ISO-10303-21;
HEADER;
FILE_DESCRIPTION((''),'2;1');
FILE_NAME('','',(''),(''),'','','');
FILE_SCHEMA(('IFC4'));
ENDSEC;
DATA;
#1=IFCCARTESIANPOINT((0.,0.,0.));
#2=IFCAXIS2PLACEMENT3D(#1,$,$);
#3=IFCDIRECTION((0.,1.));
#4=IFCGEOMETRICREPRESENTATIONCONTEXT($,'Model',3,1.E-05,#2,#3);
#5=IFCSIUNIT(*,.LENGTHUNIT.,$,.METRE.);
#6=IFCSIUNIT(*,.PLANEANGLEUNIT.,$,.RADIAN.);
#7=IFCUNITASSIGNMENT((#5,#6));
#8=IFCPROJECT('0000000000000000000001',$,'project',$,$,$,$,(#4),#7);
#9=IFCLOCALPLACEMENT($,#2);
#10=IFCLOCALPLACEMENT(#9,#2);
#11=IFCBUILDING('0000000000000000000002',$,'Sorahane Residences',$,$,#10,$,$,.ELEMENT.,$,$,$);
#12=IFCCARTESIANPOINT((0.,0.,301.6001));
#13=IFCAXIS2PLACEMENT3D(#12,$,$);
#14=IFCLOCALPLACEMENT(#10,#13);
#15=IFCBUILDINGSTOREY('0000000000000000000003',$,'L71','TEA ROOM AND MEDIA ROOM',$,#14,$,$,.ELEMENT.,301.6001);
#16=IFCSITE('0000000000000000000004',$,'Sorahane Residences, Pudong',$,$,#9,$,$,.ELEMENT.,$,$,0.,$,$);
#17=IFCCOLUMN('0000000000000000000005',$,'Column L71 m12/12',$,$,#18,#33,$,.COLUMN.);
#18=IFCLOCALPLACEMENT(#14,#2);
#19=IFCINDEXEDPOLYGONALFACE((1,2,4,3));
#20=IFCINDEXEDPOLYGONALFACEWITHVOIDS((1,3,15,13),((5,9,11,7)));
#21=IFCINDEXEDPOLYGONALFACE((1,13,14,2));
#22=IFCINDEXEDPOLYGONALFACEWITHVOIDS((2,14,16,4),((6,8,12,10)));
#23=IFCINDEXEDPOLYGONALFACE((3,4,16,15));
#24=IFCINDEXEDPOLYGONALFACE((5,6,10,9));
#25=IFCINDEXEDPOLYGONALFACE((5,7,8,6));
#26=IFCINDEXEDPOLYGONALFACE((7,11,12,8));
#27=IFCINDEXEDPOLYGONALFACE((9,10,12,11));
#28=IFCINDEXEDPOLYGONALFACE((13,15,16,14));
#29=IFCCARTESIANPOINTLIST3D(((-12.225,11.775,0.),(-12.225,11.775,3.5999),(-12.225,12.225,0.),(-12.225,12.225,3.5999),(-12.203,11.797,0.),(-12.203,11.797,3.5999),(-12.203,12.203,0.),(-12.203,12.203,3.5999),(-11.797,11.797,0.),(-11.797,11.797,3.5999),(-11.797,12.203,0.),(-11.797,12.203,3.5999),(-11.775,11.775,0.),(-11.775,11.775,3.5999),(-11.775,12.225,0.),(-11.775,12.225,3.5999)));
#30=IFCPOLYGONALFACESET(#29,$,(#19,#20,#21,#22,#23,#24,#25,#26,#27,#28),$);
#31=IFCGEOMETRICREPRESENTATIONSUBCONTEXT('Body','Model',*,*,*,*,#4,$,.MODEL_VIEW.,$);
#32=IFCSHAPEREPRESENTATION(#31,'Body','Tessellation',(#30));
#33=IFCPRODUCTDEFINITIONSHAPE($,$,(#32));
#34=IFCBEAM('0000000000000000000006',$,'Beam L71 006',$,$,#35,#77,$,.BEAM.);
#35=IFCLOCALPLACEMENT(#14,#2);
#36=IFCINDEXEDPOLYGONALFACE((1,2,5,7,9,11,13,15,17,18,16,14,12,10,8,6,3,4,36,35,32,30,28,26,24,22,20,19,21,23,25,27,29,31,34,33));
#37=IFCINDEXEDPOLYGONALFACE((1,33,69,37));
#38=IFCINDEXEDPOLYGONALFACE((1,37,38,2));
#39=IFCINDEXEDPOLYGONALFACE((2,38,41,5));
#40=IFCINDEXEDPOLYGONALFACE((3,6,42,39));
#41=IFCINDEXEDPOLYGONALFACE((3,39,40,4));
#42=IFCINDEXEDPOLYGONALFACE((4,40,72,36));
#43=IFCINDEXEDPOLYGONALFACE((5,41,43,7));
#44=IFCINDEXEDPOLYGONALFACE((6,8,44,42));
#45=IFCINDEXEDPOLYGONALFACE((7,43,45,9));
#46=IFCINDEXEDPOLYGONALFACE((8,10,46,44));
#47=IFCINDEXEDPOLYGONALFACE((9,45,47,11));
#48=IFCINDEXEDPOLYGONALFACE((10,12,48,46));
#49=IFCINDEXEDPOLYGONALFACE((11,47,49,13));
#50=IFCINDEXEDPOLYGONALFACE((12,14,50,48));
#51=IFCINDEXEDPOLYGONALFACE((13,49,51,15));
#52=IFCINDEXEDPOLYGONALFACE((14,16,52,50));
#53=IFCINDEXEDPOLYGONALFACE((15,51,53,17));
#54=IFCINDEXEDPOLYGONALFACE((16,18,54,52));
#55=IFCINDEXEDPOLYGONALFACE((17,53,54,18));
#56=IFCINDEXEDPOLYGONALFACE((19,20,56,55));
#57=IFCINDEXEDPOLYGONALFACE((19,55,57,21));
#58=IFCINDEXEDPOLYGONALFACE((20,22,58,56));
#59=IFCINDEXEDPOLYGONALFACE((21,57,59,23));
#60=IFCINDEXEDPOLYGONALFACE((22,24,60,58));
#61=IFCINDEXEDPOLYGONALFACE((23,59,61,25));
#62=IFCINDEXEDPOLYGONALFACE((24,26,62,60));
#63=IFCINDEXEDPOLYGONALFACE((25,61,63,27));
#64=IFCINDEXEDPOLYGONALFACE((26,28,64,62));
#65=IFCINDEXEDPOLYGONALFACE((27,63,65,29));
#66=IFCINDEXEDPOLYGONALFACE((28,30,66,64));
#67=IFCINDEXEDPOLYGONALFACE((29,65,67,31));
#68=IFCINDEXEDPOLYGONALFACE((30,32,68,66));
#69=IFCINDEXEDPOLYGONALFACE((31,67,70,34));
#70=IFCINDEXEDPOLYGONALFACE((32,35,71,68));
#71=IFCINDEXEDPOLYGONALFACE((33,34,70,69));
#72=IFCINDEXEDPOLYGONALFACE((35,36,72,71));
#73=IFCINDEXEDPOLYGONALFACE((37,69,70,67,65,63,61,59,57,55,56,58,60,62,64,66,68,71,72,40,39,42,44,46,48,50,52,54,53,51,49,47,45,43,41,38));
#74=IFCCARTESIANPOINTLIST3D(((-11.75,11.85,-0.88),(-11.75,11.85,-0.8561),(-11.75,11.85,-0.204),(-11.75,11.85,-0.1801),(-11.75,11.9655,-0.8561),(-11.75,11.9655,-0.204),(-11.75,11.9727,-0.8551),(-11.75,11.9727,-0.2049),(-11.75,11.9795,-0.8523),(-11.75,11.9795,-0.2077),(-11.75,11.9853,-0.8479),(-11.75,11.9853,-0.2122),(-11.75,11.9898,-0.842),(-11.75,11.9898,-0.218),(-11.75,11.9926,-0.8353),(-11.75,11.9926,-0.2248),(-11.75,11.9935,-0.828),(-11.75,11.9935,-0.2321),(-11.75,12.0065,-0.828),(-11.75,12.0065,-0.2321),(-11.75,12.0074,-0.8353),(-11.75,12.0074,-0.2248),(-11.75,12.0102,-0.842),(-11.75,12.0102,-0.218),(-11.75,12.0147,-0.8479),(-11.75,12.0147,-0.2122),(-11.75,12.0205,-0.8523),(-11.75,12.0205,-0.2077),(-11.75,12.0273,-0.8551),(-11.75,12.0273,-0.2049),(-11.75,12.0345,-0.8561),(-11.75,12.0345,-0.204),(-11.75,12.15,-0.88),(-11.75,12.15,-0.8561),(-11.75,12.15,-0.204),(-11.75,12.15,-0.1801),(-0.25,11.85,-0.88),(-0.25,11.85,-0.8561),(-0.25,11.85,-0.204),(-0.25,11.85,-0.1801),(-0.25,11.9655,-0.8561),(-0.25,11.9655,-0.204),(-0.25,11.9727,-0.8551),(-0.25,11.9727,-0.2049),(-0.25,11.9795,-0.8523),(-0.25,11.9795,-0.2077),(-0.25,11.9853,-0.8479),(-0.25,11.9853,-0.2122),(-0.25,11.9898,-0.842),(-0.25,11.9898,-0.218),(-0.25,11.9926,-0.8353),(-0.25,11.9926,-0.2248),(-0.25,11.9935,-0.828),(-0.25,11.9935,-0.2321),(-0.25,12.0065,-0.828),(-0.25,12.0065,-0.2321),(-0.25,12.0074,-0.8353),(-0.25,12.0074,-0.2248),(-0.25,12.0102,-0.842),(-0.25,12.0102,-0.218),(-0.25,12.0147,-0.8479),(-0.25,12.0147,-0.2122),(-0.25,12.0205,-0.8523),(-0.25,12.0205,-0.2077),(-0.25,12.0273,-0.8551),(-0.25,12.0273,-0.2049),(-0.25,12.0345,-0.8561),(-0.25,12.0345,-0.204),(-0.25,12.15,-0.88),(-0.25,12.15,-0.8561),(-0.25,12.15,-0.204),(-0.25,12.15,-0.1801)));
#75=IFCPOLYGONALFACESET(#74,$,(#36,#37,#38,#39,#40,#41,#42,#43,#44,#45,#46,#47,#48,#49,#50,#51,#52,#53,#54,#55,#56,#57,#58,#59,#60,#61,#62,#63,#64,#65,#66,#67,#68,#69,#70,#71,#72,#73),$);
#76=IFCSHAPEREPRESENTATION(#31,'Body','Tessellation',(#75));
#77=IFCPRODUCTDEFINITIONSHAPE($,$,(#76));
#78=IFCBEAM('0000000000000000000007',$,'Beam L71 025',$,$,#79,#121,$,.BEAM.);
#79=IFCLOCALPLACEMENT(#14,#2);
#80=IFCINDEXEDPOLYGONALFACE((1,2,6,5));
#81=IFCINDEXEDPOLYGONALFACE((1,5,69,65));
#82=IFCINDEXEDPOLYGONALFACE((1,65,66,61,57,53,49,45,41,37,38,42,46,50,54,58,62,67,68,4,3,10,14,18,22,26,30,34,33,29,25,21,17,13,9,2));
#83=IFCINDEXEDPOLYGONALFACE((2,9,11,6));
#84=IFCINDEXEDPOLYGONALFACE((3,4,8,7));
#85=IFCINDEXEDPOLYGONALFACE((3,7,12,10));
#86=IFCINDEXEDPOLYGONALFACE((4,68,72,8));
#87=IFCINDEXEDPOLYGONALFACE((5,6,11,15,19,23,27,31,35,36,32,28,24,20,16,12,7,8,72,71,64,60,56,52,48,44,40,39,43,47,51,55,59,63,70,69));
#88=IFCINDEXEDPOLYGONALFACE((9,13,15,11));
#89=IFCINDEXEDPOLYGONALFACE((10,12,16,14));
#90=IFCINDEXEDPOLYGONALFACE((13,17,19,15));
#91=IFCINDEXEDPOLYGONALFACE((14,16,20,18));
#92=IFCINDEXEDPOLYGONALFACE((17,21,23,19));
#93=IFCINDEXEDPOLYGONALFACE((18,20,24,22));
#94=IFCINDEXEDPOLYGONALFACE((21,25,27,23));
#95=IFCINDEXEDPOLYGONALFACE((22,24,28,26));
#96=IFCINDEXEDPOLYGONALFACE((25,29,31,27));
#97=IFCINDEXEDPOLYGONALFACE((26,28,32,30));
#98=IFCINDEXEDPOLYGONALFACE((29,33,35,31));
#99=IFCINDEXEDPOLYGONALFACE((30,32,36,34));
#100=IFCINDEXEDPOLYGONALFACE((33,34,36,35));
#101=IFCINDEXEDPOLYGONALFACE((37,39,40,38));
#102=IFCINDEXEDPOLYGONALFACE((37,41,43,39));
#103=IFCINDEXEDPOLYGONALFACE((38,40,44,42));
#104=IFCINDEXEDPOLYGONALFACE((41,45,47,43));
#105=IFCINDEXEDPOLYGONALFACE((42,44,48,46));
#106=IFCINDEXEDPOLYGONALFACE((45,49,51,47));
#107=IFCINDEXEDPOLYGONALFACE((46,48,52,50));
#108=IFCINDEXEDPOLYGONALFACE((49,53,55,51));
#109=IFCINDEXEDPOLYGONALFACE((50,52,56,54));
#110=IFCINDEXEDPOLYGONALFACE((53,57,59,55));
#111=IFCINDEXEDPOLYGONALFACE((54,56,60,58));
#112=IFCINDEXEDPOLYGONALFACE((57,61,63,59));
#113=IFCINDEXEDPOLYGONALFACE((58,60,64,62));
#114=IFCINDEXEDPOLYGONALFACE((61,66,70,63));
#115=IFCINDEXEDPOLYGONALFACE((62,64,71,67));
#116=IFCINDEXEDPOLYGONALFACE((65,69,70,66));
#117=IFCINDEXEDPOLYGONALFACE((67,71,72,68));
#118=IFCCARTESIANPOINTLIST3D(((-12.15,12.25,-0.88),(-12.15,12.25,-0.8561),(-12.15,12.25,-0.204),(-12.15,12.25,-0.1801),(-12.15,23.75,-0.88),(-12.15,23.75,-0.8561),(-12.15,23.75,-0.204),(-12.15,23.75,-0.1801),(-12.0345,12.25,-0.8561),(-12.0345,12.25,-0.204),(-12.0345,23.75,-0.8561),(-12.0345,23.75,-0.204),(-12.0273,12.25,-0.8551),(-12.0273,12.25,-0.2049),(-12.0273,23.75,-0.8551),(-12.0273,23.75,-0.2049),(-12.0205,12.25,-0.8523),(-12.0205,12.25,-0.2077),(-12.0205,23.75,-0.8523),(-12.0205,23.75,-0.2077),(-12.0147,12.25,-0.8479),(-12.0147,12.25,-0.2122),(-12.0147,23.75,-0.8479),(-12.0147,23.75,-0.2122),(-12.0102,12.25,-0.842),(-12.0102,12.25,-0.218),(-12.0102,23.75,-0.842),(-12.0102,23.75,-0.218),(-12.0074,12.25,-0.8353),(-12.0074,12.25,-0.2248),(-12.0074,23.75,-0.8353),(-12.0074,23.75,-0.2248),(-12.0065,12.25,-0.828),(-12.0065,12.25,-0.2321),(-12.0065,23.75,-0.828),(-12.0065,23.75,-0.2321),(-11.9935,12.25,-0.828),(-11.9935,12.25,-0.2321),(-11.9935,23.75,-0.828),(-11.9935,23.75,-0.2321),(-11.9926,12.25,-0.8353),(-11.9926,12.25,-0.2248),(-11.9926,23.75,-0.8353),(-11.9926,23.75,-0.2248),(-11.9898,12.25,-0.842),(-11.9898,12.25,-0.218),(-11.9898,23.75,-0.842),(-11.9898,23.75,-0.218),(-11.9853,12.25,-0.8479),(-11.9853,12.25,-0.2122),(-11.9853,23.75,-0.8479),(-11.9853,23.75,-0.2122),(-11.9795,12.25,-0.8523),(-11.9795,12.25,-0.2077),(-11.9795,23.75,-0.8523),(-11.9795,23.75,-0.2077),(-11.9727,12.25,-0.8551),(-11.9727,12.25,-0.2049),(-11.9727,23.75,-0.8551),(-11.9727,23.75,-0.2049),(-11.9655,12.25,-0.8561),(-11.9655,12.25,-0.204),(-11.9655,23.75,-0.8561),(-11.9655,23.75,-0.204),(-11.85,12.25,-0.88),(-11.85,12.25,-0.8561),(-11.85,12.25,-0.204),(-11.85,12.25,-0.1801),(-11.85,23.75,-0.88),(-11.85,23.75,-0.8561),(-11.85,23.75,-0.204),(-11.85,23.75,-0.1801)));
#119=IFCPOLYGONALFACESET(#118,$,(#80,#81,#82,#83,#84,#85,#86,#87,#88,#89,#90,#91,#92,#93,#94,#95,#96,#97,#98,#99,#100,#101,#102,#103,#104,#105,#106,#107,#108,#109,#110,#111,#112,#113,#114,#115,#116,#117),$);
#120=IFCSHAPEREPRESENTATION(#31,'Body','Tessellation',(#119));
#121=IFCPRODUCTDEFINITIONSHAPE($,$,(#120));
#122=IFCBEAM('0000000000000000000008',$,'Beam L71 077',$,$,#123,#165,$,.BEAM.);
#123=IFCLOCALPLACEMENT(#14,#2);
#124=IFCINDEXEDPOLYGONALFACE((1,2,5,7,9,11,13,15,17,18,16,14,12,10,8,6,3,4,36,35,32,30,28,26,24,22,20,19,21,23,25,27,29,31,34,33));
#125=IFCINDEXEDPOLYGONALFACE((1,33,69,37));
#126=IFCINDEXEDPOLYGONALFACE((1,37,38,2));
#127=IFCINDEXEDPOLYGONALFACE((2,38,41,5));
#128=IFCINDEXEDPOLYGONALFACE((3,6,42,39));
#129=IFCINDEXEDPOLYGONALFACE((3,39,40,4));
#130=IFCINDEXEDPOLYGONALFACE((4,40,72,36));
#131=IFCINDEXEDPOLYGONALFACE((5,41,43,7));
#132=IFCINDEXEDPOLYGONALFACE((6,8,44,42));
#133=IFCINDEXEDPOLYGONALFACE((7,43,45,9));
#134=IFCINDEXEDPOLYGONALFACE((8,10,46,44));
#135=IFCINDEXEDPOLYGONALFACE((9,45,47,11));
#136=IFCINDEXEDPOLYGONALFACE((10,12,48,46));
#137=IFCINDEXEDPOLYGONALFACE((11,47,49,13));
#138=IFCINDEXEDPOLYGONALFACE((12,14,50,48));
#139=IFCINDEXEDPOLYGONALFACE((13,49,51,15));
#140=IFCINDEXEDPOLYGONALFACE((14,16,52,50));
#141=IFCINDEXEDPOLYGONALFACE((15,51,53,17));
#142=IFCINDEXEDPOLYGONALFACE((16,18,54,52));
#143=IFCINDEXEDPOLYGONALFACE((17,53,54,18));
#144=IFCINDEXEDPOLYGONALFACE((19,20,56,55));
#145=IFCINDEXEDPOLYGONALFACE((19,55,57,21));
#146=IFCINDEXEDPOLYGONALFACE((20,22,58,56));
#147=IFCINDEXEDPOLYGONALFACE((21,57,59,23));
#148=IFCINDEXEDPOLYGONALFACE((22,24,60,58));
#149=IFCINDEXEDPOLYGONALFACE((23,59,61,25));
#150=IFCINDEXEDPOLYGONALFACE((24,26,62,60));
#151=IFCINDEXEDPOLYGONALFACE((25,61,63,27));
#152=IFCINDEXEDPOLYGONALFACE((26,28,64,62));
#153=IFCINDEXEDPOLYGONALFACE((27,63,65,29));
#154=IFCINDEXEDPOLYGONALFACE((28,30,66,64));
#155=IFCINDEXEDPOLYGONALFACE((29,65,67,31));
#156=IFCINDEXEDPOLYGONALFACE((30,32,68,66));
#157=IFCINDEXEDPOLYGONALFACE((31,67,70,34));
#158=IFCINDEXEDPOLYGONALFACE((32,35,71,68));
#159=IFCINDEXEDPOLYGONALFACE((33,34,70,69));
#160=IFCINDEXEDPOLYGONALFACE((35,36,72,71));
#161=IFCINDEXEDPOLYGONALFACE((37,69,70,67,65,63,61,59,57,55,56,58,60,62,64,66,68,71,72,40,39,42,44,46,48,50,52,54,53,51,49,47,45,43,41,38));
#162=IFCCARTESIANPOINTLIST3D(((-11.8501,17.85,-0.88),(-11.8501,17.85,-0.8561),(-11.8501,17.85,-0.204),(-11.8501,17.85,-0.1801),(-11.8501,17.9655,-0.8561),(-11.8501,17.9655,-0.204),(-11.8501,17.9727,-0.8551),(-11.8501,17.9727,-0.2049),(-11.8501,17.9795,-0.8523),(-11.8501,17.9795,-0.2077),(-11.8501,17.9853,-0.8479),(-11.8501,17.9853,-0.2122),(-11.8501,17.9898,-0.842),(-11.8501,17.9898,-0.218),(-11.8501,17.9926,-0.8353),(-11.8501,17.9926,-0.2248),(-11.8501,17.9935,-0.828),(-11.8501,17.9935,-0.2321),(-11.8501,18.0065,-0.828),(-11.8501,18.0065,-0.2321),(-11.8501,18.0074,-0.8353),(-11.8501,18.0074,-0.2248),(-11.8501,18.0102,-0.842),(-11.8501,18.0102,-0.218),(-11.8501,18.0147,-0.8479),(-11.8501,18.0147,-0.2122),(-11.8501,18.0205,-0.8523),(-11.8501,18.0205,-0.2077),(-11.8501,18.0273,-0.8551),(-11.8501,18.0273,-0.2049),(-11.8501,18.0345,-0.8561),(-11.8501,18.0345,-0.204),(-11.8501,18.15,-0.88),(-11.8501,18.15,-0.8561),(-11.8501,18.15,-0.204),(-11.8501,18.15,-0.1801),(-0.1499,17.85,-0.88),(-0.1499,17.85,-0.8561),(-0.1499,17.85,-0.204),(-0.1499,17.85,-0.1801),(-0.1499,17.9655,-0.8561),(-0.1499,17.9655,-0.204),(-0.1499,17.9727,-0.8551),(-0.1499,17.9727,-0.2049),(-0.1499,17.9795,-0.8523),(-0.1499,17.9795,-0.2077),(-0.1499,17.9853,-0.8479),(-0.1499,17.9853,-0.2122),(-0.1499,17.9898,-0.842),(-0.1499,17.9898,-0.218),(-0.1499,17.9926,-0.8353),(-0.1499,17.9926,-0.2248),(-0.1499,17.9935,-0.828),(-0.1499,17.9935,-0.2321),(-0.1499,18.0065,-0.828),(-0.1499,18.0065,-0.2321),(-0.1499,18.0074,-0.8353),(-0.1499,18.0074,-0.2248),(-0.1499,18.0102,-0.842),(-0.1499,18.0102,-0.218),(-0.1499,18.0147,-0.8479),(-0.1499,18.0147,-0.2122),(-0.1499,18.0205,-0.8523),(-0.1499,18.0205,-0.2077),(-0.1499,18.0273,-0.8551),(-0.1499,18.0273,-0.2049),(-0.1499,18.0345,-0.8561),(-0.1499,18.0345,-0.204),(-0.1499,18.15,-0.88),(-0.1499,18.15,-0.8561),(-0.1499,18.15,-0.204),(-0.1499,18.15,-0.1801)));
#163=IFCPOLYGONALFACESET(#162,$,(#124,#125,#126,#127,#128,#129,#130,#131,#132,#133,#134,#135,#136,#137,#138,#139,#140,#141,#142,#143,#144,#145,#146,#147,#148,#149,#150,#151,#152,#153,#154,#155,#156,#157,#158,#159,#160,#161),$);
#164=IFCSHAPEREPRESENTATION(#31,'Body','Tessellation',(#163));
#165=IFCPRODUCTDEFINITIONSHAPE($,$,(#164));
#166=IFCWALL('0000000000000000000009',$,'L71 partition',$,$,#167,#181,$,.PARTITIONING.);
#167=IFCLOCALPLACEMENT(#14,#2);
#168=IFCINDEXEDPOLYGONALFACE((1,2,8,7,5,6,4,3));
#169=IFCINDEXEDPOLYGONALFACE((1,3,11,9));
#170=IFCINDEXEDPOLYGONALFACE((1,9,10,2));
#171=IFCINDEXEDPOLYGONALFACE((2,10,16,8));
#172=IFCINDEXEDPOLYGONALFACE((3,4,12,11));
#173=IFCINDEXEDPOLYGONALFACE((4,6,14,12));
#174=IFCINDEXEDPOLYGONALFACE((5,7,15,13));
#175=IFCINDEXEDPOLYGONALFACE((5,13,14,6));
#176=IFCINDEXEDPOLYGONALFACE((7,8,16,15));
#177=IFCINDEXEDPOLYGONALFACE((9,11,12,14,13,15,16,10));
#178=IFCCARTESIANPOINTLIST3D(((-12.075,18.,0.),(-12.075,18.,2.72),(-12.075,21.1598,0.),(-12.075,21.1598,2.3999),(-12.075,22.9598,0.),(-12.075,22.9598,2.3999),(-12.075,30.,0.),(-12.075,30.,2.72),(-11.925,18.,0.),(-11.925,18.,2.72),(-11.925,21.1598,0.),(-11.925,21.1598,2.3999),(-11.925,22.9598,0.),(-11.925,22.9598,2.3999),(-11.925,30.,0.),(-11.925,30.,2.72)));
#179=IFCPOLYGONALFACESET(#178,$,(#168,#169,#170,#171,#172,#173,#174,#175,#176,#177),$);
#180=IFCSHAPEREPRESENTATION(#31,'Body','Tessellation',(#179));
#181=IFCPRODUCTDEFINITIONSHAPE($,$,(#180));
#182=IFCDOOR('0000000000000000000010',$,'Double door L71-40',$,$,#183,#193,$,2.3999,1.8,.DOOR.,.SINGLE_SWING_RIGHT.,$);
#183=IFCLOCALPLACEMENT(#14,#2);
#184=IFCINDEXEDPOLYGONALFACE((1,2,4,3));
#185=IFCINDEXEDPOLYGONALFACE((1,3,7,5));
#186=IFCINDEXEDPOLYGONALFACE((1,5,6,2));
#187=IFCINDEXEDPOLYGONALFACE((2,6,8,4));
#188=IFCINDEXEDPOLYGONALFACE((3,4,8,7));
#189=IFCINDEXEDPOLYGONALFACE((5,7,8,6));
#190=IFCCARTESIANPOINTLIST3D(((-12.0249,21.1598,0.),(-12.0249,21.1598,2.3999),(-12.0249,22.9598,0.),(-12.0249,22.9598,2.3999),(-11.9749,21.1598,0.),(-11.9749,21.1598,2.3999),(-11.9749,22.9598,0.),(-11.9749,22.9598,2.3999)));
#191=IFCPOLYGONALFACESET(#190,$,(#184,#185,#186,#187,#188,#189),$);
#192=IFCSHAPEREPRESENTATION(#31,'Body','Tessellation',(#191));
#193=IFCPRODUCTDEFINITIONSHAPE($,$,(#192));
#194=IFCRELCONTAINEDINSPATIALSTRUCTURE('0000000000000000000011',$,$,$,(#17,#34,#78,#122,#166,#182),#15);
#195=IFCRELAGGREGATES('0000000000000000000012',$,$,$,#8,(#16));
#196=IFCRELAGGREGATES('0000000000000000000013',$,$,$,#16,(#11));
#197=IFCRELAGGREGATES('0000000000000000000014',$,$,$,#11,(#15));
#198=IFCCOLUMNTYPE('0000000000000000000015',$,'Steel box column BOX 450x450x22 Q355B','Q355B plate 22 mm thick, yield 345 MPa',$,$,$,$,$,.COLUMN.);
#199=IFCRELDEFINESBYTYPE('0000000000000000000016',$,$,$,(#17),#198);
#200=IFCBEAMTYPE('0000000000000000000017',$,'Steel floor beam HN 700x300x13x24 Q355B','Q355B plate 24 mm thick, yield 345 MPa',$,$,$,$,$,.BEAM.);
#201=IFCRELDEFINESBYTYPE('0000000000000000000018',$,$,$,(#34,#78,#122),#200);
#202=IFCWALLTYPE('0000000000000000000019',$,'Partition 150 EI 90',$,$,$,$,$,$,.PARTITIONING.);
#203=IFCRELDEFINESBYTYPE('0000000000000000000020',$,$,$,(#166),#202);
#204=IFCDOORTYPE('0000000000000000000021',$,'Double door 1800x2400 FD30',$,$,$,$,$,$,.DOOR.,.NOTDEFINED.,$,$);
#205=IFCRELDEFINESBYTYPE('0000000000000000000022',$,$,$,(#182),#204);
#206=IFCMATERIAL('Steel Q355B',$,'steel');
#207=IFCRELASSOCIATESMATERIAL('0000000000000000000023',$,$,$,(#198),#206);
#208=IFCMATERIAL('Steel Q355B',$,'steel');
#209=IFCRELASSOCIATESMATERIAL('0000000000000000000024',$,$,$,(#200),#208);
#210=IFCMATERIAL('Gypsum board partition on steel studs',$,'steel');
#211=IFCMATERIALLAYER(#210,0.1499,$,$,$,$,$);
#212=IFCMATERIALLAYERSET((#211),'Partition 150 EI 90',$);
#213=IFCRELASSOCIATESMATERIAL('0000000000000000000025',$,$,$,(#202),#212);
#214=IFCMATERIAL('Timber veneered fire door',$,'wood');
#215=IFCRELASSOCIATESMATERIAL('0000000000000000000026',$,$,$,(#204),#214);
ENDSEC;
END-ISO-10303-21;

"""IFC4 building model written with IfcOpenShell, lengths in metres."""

from ifc_helpers import new_model, si_unit, direction, frame, frame_2d, origin, origin_2d, place, context, subcontext, project, spatial, rectangle, hollow_rectangle, i_section, extrude, material, layer, layer_set, material_profile, profile_set, type_object, element, fill, save


model = new_model("IFC4")

# Units and contexts
model_context = context("Model", 3, precision=1e-05, world=origin(), true_north=direction((0.0, 1.0)))
body_context = subcontext(model_context, "Body", "Model", "MODEL_VIEW")
ifc_project = project(units=[si_unit("LENGTHUNIT", "METRE"), si_unit("PLANEANGLEUNIT", "RADIAN")], contexts=[model_context])

# Site, building, storey
site_placement = place(None, origin())
site = spatial("IfcSite", under=ifc_project, at=site_placement, Name="Sorahane Residences, Pudong", CompositionType="ELEMENT", RefElevation=0.0)
building_placement = place(site_placement, origin())
building = spatial("IfcBuilding", under=site, at=building_placement, Name="Sorahane Residences", CompositionType="ELEMENT")
storey_placement = place(building_placement, frame((0.0, 0.0, 301.6001)))
storey = spatial("IfcBuildingStorey", under=building, at=storey_placement, Name="L71", Description="TEA ROOM AND MEDIA ROOM", CompositionType="ELEMENT", Elevation=301.6001)

# Column
ifc_material_1 = material(Name="Steel Q355B", Category="steel")
ifc_material_profile_1 = material_profile(ifc_material_1, hollow_rectangle(XDim=0.45, YDim=0.45, WallThickness=0.022, at=origin_2d()), Name="BOX 450x450x22")
ifc_profile_set_1 = profile_set([ifc_material_profile_1], Name="Steel Q355B")
column_type = type_object("IfcColumnType", Name="Steel box column BOX 450x450x22 Q355B", Description="Q355B plate 22 mm thick, yield 345 MPa", PredefinedType="COLUMN", material=ifc_profile_set_1)
column_placement = place(storey_placement, frame((-12.0, 12.0, 0.0), z_axis=(0.0, 0.0, 1.0), x_axis=(1.0, 0.0, 0.0)))
element("IfcColumn", 1, at=column_placement, inside=storey, type_object=column_type, Name="Column L71 m12/12", PredefinedType="COLUMN", context=body_context, shape_type="SweptSolid", body=[
    extrude(hollow_rectangle(XDim=0.45, YDim=0.45, WallThickness=0.022, at=origin_2d()), origin(), (0.0, 0.0, 1.0), 3.5999),
])

# Beams
ifc_material_2 = material(Name="Steel Q355B", Category="steel")
ifc_material_profile_2 = material_profile(ifc_material_2, i_section(OverallWidth=0.3, OverallDepth=0.7, WebThickness=0.0129, FlangeThickness=0.0239, FilletRadius=0.0281, at=origin_2d()), Name="HN 700x300x13x24")
ifc_profile_set_2 = profile_set([ifc_material_profile_2], Name="Steel Q355B")
beam_type = type_object("IfcBeamType", Name="Steel floor beam HN 700x300x13x24 Q355B", Description="Q355B plate 24 mm thick, yield 345 MPa", PredefinedType="BEAM", material=ifc_profile_set_2)
for number, where, z_axis, x_axis, name in (
    (2, (-11.75, 12.0, -0.53), (1.0, 0.0, 0.0), (0.0, 1.0, 0.0), "Beam L71 006"),
    (3, (-12.0, 12.25, -0.53), (0.0, 1.0, 0.0), (-1.0, 0.0, 0.0), "Beam L71 025"),
):
    element("IfcBeam", number, at=place(storey_placement, frame(where, z_axis=z_axis, x_axis=x_axis)), inside=storey, type_object=beam_type, Name=name, PredefinedType="BEAM", context=body_context, shape_type="SweptSolid", body=[
        extrude(i_section(OverallWidth=0.3, OverallDepth=0.7, WebThickness=0.0129, FlangeThickness=0.0239, FilletRadius=0.0281, at=origin_2d()), origin(), (0.0, 0.0, 1.0), 11.5),
    ])
beam_placement = place(storey_placement, frame((-11.8501, 18.0, -0.53), z_axis=(1.0, 0.0, 0.0), x_axis=(0.0, 1.0, 0.0)))
element("IfcBeam", 4, at=beam_placement, inside=storey, type_object=beam_type, Name="Beam L71 077", PredefinedType="BEAM", context=body_context, shape_type="SweptSolid", body=[
    extrude(i_section(OverallWidth=0.3, OverallDepth=0.7, WebThickness=0.0129, FlangeThickness=0.0239, FilletRadius=0.0281, at=origin_2d()), origin(), (0.0, 0.0, 1.0), 11.7002),
])

# Wall, opening, door
ifc_material_3 = material(Name="Gypsum board partition on steel studs", Category="steel")
ifc_layer_1 = layer(ifc_material_3, 0.1499)
ifc_layer_set_1 = layer_set([ifc_layer_1], Name="Partition 150 EI 90")
wall_type_1 = type_object("IfcWallType", Name="Partition 150 EI 90", PredefinedType="PARTITIONING", material=ifc_layer_set_1)
wall_1_placement = place(storey_placement, frame((-12.0, 18.0, 0.0), z_axis=(0.0, 0.0, 1.0), x_axis=(0.0, 1.0, 0.0)))
wall_1 = element("IfcWall", 5, at=wall_1_placement, inside=storey, type_object=wall_type_1, Name="L71 partition", PredefinedType="PARTITIONING", context=body_context, shape_type="SweptSolid", body=[
    extrude(rectangle(XDim=12.0, YDim=0.1499, at=frame_2d((6.0, 0.0))), origin(), (0.0, 0.0, 1.0), 2.72),
])
opening_1_placement = place(wall_1_placement, frame((3.1599, 0.0, 0.0)))
opening_1 = element("IfcOpeningElement", 6, at=opening_1_placement, cuts=wall_1, PredefinedType="OPENING", context=body_context, shape_type="SweptSolid", body=[
    extrude(rectangle(XDim=1.8, YDim=2.3999, at=frame_2d((0.8999, 1.2))), frame((0.0, 0.085, 0.0), z_axis=(0.0, -1.0, 0.0), x_axis=(1.0, 0.0, 0.0)), (0.0, 0.0, 1.0), 0.1699),
])
ifc_material_4 = material(Name="Timber veneered fire door", Category="wood")
door_type_1 = type_object("IfcDoorType", Name="Double door 1800x2400 FD30", OperationType="NOTDEFINED", PredefinedType="DOOR", material=ifc_material_4)
door_1_placement = place(opening_1_placement, origin())
door_1 = element("IfcDoor", 7, at=door_1_placement, inside=storey, type_object=door_type_1, Name="Double door L71-40", OperationType="SINGLE_SWING_RIGHT", OverallHeight=2.3999, OverallWidth=1.8, PredefinedType="DOOR", context=body_context, shape_type="SweptSolid", body=[
    extrude(rectangle(XDim=1.8, YDim=2.3999, at=frame_2d((0.8999, 1.2))), frame((0.0, 0.0249, 0.0), z_axis=(0.0, -1.0, 0.0), x_axis=(1.0, 0.0, 0.0)), (0.0, 0.0, 1.0), 0.05),
])
fill(opening_1, door_1)

save(model, "model.ifc")
